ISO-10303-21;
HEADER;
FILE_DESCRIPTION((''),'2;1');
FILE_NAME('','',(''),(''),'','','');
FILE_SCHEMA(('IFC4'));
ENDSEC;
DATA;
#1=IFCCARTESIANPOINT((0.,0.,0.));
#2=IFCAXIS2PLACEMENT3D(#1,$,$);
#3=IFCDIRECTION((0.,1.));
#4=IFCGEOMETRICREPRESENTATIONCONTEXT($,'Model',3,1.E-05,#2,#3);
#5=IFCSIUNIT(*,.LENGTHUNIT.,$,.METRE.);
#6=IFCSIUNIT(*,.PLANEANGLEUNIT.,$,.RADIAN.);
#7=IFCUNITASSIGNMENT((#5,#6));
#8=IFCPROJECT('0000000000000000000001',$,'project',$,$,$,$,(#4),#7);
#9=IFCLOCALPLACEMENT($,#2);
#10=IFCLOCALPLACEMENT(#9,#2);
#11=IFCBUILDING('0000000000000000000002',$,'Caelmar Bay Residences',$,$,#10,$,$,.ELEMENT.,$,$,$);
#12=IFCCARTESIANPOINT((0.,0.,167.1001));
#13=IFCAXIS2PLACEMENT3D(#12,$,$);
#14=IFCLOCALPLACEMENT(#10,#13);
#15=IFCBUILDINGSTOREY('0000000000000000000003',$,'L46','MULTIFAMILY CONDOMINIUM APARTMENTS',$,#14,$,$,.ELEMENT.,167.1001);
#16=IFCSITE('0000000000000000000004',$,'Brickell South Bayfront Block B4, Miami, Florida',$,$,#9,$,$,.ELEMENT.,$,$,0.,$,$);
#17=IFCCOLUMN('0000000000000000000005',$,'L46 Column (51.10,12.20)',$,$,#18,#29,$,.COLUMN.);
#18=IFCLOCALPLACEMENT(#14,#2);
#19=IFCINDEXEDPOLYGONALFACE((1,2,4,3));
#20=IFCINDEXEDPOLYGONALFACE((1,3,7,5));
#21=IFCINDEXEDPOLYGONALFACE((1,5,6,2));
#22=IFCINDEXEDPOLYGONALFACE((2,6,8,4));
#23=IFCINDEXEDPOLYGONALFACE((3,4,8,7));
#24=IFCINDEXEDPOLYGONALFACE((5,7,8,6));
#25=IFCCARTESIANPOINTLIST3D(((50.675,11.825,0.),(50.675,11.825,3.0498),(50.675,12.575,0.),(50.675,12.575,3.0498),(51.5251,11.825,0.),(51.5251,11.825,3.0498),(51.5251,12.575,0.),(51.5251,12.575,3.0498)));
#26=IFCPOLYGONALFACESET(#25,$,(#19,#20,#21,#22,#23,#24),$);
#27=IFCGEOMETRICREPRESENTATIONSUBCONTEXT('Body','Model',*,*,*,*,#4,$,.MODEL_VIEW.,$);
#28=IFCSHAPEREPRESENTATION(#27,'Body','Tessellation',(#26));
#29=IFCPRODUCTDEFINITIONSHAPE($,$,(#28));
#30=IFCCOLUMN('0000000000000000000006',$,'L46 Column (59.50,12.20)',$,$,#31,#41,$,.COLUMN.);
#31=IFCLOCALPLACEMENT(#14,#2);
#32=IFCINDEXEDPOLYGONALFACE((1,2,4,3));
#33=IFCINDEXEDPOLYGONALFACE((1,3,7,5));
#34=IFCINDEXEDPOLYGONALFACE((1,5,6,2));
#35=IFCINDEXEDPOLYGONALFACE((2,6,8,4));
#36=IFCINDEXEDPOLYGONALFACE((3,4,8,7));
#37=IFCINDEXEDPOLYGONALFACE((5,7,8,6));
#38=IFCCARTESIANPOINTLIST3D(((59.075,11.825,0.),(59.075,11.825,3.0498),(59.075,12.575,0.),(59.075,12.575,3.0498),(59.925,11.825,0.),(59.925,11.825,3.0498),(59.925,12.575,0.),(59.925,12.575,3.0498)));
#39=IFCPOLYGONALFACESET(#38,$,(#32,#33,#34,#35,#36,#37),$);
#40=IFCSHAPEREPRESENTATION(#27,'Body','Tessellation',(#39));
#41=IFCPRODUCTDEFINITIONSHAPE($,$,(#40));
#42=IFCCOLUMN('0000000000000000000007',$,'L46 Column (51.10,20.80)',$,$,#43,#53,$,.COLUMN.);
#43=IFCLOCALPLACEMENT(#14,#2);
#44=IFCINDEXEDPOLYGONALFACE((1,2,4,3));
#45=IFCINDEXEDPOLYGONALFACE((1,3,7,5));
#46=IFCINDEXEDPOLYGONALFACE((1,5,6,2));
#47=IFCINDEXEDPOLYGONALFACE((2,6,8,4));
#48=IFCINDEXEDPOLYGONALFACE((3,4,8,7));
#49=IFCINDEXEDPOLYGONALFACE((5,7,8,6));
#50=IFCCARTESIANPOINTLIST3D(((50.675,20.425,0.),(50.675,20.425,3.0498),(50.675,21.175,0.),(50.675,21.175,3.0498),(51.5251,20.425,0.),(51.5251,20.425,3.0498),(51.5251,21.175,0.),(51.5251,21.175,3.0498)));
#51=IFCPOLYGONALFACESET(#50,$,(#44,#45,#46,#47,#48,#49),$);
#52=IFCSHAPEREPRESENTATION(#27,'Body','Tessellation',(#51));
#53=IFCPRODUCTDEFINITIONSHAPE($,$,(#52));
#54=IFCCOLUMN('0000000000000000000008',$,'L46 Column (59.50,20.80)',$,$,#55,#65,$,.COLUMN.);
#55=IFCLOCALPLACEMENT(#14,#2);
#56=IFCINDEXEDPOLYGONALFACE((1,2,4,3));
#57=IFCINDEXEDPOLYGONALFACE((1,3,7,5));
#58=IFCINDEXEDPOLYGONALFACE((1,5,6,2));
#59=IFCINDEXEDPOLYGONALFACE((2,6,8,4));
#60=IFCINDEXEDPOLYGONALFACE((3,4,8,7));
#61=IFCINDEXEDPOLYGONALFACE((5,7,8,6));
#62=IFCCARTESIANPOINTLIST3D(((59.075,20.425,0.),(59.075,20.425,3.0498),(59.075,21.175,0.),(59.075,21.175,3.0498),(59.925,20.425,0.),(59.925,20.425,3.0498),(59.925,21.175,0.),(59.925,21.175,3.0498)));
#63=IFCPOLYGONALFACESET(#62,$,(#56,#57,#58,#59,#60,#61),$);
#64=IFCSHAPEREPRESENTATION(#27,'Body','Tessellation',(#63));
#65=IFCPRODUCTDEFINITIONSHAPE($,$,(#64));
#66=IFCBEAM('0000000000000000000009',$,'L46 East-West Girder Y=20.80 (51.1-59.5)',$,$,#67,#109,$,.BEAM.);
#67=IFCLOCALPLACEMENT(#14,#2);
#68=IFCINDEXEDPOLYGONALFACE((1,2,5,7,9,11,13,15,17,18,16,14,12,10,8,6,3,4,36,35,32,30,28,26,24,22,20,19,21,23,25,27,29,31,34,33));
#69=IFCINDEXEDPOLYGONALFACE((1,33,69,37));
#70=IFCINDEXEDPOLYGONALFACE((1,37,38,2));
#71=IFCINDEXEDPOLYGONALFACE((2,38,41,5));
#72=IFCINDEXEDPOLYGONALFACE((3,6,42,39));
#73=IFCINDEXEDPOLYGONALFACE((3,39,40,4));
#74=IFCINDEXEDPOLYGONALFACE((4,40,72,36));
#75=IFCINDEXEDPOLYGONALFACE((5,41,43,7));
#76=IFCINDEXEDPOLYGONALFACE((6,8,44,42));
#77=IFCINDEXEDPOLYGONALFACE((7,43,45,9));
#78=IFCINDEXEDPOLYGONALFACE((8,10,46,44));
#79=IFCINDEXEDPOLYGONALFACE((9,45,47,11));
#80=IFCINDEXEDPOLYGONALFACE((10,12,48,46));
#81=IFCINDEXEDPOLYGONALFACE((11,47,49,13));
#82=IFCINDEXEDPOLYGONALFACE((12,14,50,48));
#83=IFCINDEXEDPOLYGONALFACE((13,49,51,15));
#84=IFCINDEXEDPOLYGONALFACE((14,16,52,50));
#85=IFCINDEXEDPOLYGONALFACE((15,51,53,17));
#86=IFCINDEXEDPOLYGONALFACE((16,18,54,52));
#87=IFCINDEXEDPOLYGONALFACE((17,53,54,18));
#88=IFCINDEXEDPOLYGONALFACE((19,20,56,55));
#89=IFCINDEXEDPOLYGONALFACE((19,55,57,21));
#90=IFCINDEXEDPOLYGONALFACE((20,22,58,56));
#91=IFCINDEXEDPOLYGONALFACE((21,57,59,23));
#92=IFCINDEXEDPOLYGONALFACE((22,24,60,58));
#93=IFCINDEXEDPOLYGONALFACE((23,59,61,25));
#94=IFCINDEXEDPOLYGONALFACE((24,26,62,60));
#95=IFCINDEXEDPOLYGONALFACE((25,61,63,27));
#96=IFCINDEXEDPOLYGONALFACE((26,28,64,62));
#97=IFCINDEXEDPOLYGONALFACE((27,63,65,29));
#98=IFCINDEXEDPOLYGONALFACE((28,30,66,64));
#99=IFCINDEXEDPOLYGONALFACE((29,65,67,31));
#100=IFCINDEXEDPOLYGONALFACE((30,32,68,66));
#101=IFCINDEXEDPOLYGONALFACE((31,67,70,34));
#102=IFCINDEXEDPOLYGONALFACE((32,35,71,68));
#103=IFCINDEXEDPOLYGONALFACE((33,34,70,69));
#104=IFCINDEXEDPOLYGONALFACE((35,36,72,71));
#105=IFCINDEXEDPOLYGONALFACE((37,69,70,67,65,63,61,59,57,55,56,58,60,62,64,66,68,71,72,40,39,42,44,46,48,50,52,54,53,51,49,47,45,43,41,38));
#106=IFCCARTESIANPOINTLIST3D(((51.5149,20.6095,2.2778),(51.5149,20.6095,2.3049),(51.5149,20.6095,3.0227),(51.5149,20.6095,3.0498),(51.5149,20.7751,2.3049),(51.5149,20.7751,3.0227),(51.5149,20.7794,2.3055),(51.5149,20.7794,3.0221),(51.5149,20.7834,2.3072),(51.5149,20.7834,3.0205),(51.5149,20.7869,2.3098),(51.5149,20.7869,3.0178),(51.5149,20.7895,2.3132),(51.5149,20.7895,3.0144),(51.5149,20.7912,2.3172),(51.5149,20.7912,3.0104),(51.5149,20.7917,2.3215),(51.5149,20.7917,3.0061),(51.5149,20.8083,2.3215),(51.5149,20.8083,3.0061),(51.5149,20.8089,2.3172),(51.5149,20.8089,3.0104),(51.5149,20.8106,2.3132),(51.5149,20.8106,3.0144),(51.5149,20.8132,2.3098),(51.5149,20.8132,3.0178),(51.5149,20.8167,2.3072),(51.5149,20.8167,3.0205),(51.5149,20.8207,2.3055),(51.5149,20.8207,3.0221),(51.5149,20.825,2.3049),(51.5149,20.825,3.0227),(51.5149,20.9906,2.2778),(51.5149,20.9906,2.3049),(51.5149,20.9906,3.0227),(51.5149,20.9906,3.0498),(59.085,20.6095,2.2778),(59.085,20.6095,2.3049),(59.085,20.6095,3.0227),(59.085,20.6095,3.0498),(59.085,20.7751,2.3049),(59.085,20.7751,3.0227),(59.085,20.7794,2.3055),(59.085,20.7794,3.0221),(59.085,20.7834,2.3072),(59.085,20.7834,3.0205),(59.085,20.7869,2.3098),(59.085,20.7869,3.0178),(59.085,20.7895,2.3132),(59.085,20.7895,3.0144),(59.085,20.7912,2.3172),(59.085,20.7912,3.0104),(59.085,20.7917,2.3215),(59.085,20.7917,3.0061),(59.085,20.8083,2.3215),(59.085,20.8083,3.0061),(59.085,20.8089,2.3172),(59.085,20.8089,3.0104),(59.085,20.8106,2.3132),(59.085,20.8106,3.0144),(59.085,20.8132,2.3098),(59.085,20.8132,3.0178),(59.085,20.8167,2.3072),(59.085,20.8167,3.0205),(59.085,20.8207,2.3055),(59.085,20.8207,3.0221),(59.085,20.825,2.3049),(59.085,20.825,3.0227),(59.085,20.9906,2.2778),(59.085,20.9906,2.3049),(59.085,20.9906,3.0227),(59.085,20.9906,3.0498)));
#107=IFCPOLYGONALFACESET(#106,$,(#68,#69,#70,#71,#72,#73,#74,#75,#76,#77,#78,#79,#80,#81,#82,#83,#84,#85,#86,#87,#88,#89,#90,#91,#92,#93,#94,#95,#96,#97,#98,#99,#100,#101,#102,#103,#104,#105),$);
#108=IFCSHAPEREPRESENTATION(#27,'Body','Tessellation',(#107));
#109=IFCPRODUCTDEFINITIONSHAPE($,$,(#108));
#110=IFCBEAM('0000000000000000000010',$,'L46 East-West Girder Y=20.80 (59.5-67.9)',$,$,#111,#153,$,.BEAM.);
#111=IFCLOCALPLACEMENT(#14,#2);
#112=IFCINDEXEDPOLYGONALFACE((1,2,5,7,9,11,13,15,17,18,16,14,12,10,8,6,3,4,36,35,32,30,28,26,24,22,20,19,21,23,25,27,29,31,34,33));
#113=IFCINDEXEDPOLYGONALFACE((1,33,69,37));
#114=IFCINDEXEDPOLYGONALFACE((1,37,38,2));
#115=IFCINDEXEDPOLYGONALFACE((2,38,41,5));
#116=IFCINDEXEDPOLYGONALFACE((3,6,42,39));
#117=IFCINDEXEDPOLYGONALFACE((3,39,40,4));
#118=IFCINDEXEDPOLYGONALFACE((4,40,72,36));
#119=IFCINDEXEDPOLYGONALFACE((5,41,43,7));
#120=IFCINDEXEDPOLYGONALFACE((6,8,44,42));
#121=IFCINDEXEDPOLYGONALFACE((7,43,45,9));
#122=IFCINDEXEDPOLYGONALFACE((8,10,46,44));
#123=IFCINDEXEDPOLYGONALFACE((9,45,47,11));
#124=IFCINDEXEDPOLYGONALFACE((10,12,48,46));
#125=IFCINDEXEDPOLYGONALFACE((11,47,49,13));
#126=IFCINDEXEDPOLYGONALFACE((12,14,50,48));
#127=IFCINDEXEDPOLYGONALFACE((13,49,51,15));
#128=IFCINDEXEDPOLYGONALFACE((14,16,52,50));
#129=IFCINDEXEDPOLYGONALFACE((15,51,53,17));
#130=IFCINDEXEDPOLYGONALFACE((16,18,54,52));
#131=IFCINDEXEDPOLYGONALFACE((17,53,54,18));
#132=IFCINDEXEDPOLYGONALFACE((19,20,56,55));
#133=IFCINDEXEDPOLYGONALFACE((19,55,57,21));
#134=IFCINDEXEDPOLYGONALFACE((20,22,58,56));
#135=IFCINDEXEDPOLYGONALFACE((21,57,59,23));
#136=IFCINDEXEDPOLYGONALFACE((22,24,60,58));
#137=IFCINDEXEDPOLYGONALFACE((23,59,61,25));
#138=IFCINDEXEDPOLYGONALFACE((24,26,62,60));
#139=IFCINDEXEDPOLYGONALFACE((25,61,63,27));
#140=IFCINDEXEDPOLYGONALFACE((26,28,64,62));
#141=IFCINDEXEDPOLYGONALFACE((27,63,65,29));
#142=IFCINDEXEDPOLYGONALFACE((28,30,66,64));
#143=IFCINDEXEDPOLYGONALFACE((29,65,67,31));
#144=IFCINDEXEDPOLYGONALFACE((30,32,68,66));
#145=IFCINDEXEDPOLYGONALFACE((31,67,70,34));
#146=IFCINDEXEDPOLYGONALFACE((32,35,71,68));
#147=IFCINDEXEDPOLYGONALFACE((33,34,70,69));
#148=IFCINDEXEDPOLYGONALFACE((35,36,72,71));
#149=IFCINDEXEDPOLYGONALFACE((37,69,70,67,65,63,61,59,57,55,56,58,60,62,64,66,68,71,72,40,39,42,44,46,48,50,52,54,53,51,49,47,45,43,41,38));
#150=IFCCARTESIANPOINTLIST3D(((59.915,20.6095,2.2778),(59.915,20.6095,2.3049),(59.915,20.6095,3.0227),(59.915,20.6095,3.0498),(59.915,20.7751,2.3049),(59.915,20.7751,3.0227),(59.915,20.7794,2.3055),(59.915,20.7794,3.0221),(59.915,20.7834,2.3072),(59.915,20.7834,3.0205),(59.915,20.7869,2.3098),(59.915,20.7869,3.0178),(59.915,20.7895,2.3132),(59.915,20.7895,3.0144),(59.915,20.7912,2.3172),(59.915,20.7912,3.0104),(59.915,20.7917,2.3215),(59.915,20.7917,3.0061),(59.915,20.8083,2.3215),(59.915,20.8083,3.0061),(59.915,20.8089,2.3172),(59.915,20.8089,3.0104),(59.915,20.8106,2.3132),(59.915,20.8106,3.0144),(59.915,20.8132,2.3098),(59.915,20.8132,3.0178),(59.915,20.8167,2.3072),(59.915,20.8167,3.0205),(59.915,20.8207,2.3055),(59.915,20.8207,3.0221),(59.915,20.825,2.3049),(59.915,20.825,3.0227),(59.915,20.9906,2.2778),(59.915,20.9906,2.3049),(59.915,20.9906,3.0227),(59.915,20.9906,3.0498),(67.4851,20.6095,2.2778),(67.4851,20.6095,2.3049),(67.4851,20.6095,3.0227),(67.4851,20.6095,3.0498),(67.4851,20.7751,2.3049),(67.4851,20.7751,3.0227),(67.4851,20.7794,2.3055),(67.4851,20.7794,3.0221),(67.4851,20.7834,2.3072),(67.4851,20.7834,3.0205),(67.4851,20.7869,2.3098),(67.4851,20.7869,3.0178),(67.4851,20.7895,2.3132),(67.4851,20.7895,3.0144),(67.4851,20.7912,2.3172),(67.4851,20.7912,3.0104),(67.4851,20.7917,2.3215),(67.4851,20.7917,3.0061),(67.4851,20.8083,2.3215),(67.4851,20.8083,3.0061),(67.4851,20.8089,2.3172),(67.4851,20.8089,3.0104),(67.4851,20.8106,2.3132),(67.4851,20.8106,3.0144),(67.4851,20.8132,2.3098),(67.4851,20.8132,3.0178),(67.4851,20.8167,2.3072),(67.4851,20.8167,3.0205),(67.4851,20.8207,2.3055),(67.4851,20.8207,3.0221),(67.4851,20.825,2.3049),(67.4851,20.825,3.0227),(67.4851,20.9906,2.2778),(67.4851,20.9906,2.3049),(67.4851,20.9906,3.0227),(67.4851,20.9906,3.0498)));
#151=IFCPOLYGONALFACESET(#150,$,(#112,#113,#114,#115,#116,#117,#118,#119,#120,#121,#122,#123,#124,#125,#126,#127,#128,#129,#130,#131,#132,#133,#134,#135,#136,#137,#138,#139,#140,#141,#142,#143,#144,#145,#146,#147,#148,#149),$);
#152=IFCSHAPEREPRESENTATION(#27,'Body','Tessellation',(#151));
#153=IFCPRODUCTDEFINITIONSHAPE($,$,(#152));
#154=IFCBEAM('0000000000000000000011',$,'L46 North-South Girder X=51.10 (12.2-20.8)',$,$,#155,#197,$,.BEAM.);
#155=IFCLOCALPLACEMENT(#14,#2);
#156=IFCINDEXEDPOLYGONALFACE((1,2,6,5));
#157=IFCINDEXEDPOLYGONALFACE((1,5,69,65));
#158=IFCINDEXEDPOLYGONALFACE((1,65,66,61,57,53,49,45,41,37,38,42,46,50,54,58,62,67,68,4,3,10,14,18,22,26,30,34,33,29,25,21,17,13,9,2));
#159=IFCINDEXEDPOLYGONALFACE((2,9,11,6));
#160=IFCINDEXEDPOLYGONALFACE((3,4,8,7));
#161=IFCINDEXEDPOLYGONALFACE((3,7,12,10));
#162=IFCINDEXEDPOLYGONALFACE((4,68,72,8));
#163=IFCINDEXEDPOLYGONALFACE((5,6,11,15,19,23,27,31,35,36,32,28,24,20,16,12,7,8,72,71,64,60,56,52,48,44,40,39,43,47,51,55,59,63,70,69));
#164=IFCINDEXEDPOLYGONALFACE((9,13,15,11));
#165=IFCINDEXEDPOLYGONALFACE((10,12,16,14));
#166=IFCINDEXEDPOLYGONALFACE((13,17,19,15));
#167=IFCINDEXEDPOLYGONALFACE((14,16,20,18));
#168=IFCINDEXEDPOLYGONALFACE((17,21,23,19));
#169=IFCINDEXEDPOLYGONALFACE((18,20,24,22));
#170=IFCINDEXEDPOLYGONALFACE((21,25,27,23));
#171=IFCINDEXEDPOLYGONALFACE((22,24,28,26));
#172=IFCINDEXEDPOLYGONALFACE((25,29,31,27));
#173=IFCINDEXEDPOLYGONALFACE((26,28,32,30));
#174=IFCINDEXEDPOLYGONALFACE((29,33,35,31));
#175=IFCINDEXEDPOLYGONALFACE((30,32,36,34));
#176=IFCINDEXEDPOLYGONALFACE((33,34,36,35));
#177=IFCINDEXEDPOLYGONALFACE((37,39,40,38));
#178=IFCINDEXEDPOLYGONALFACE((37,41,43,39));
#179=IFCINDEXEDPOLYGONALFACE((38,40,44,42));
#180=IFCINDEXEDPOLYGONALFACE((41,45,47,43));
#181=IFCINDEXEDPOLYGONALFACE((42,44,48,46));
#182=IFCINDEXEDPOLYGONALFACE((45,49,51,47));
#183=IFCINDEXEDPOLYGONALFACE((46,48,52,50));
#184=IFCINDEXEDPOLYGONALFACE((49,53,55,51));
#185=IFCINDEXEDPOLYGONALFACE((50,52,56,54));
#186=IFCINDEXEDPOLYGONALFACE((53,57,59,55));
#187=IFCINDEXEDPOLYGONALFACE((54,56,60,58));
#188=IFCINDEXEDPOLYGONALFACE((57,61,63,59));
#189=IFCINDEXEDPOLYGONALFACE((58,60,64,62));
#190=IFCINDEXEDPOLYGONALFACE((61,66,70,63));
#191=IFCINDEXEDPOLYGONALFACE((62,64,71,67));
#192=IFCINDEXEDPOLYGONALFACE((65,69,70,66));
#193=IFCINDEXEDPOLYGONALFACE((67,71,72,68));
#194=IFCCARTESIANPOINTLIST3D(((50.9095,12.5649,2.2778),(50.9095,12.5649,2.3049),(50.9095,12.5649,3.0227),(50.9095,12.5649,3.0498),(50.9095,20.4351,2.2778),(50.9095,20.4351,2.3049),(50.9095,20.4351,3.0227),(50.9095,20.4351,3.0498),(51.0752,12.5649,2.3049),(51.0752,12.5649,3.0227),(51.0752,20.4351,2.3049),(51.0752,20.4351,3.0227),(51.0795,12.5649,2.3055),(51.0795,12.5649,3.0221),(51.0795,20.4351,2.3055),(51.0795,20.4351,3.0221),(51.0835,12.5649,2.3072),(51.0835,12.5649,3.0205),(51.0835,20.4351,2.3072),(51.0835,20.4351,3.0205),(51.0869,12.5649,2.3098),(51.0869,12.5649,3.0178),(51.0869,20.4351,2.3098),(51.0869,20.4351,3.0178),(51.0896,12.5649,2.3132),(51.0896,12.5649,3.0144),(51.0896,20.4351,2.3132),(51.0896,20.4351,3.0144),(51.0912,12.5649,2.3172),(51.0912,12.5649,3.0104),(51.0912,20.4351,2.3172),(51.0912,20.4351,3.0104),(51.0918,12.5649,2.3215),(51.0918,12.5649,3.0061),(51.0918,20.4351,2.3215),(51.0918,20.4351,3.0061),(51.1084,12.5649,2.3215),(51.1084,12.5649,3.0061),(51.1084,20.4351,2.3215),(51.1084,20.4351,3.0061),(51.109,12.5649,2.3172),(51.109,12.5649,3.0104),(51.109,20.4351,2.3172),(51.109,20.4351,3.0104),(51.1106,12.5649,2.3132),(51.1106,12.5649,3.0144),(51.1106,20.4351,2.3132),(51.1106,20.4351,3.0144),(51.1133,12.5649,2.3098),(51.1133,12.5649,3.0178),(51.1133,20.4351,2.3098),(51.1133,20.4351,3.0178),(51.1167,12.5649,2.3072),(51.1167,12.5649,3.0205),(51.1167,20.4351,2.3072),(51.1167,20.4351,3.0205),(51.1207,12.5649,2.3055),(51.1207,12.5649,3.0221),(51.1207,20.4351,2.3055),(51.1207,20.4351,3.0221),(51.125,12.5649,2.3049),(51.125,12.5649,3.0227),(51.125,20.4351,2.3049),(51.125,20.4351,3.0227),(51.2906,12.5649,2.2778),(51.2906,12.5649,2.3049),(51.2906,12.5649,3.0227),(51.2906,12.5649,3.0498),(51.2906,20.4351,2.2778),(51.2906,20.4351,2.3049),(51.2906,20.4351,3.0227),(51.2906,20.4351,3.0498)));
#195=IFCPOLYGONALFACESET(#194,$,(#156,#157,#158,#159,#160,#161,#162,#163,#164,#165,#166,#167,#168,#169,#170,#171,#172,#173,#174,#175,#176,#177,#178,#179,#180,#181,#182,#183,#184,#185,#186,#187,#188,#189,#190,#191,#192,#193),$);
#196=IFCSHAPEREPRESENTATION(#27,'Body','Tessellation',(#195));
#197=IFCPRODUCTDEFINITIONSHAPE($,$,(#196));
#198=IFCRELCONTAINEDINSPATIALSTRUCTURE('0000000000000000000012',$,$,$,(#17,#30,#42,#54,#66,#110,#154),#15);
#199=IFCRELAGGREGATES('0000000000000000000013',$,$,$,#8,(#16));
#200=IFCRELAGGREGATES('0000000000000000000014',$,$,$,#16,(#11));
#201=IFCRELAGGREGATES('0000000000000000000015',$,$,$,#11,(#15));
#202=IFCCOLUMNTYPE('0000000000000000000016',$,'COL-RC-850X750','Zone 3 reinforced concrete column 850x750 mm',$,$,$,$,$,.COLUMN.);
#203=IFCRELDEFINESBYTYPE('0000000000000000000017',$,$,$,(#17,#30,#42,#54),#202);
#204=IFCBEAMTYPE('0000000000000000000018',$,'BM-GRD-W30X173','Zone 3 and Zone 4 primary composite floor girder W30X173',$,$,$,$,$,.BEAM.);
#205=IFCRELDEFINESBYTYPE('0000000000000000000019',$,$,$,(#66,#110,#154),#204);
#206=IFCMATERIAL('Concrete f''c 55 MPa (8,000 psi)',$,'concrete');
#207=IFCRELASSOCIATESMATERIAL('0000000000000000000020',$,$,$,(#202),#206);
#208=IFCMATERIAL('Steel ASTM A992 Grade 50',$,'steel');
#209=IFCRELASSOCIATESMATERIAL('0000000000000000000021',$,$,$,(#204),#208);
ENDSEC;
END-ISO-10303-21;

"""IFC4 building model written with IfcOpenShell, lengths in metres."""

from ifc_helpers import new_model, si_unit, direction, frame, origin, origin_2d, place, context, subcontext, project, spatial, rectangle, i_section, extrude, material, material_profile, profile_set, type_object, element, save


model = new_model("IFC4")

# Units and contexts
model_context = context("Model", 3, precision=1e-05, world=origin(), true_north=direction((0.0, 1.0)))
body_context = subcontext(model_context, "Body", "Model", "MODEL_VIEW")
ifc_project = project(units=[si_unit("LENGTHUNIT", "METRE"), si_unit("PLANEANGLEUNIT", "RADIAN")], contexts=[model_context])

# Site, building, storey
site_placement = place(None, origin())
site = spatial("IfcSite", under=ifc_project, at=site_placement, Name="Brickell South Bayfront Block B4, Miami, Florida", CompositionType="ELEMENT", RefElevation=0.0)
building_placement = place(site_placement, origin())
building = spatial("IfcBuilding", under=site, at=building_placement, Name="Caelmar Bay Residences", CompositionType="ELEMENT")
storey_placement = place(building_placement, frame((0.0, 0.0, 167.1001)))
storey = spatial("IfcBuildingStorey", under=building, at=storey_placement, Name="L46", Description="MULTIFAMILY CONDOMINIUM APARTMENTS", CompositionType="ELEMENT", Elevation=167.1001)

# Columns
ifc_material_1 = material(Name="Concrete f'c 55 MPa (8,000 psi)", Category="concrete")
ifc_material_profile_1 = material_profile(ifc_material_1, rectangle(XDim=0.8501, YDim=0.75, at=origin_2d()), Name="RC-COL-850X750")
ifc_profile_set_1 = profile_set([ifc_material_profile_1], Name="Concrete f'c 55 MPa (8,000 psi)")
column_type = type_object("IfcColumnType", Name="COL-RC-850X750", Description="Zone 3 reinforced concrete column 850x750 mm", PredefinedType="COLUMN", material=ifc_profile_set_1)
for number, where, z_axis, x_axis, name in (
    (1, (51.1001, 12.2, 0.0), (0.0, 0.0, 1.0), (1.0, 0.0, 0.0), "L46 Column (51.10,12.20)"),
    (2, (59.5, 12.2, 0.0), (0.0, 0.0, 1.0), (1.0, 0.0, 0.0), "L46 Column (59.50,12.20)"),
    (3, (51.1001, 20.8, 0.0), (0.0, 0.0, 1.0), (1.0, 0.0, 0.0), "L46 Column (51.10,20.80)"),
    (4, (59.5, 20.8, 0.0), (0.0, 0.0, 1.0), (1.0, 0.0, 0.0), "L46 Column (59.50,20.80)"),
):
    element("IfcColumn", number, at=place(storey_placement, frame(where, z_axis=z_axis, x_axis=x_axis)), inside=storey, type_object=column_type, Name=name, PredefinedType="COLUMN", context=body_context, shape_type="SweptSolid", body=[
        extrude(rectangle(XDim=0.8501, YDim=0.75, at=origin_2d()), origin(), (0.0, 0.0, 1.0), 3.0498),
    ])

# Beams
ifc_material_2 = material(Name="Steel ASTM A992 Grade 50", Category="steel")
ifc_material_profile_2 = material_profile(ifc_material_2, i_section(OverallWidth=0.3811, OverallDepth=0.772, WebThickness=0.0166, FlangeThickness=0.0271, FilletRadius=0.0166, at=origin_2d()), Name="W30X173")
ifc_profile_set_2 = profile_set([ifc_material_profile_2], Name="Steel ASTM A992 Grade 50")
beam_type_1 = type_object("IfcBeamType", Name="BM-GRD-W30X173", Description="Zone 3 and Zone 4 primary composite floor girder W30X173", PredefinedType="BEAM", material=ifc_profile_set_2)
for number, where, z_axis, x_axis, name in (
    (5, (51.5149, 20.8, 2.6638), (1.0, 0.0, 0.0), (0.0, 1.0, 0.0), "L46 East-West Girder Y=20.80 (51.1-59.5)"),
    (6, (59.915, 20.8, 2.6638), (1.0, 0.0, 0.0), (0.0, 1.0, 0.0), "L46 East-West Girder Y=20.80 (59.5-67.9)"),
):
    element("IfcBeam", number, at=place(storey_placement, frame(where, z_axis=z_axis, x_axis=x_axis)), inside=storey, type_object=beam_type_1, Name=name, PredefinedType="BEAM", context=body_context, shape_type="SweptSolid", body=[
        extrude(i_section(OverallWidth=0.3811, OverallDepth=0.772, WebThickness=0.0166, FlangeThickness=0.0271, FilletRadius=0.0166, at=origin_2d()), origin(), (0.0, 0.0, 1.0), 7.5701),
    ])
for number, where, z_axis, x_axis, name in (
    (7, (51.1001, 12.5649, 2.6638), (0.0, 1.0, 0.0), (-1.0, 0.0, 0.0), "L46 North-South Girder X=51.10 (12.2-20.8)"),
):
    element("IfcBeam", number, at=place(storey_placement, frame(where, z_axis=z_axis, x_axis=x_axis)), inside=storey, type_object=beam_type_1, Name=name, PredefinedType="BEAM", context=body_context, shape_type="SweptSolid", body=[
        extrude(i_section(OverallWidth=0.3811, OverallDepth=0.772, WebThickness=0.0166, FlangeThickness=0.0271, FilletRadius=0.0166, at=origin_2d()), origin(), (0.0, 0.0, 1.0), 7.8701),
    ])

save(model, "model.ifc")
